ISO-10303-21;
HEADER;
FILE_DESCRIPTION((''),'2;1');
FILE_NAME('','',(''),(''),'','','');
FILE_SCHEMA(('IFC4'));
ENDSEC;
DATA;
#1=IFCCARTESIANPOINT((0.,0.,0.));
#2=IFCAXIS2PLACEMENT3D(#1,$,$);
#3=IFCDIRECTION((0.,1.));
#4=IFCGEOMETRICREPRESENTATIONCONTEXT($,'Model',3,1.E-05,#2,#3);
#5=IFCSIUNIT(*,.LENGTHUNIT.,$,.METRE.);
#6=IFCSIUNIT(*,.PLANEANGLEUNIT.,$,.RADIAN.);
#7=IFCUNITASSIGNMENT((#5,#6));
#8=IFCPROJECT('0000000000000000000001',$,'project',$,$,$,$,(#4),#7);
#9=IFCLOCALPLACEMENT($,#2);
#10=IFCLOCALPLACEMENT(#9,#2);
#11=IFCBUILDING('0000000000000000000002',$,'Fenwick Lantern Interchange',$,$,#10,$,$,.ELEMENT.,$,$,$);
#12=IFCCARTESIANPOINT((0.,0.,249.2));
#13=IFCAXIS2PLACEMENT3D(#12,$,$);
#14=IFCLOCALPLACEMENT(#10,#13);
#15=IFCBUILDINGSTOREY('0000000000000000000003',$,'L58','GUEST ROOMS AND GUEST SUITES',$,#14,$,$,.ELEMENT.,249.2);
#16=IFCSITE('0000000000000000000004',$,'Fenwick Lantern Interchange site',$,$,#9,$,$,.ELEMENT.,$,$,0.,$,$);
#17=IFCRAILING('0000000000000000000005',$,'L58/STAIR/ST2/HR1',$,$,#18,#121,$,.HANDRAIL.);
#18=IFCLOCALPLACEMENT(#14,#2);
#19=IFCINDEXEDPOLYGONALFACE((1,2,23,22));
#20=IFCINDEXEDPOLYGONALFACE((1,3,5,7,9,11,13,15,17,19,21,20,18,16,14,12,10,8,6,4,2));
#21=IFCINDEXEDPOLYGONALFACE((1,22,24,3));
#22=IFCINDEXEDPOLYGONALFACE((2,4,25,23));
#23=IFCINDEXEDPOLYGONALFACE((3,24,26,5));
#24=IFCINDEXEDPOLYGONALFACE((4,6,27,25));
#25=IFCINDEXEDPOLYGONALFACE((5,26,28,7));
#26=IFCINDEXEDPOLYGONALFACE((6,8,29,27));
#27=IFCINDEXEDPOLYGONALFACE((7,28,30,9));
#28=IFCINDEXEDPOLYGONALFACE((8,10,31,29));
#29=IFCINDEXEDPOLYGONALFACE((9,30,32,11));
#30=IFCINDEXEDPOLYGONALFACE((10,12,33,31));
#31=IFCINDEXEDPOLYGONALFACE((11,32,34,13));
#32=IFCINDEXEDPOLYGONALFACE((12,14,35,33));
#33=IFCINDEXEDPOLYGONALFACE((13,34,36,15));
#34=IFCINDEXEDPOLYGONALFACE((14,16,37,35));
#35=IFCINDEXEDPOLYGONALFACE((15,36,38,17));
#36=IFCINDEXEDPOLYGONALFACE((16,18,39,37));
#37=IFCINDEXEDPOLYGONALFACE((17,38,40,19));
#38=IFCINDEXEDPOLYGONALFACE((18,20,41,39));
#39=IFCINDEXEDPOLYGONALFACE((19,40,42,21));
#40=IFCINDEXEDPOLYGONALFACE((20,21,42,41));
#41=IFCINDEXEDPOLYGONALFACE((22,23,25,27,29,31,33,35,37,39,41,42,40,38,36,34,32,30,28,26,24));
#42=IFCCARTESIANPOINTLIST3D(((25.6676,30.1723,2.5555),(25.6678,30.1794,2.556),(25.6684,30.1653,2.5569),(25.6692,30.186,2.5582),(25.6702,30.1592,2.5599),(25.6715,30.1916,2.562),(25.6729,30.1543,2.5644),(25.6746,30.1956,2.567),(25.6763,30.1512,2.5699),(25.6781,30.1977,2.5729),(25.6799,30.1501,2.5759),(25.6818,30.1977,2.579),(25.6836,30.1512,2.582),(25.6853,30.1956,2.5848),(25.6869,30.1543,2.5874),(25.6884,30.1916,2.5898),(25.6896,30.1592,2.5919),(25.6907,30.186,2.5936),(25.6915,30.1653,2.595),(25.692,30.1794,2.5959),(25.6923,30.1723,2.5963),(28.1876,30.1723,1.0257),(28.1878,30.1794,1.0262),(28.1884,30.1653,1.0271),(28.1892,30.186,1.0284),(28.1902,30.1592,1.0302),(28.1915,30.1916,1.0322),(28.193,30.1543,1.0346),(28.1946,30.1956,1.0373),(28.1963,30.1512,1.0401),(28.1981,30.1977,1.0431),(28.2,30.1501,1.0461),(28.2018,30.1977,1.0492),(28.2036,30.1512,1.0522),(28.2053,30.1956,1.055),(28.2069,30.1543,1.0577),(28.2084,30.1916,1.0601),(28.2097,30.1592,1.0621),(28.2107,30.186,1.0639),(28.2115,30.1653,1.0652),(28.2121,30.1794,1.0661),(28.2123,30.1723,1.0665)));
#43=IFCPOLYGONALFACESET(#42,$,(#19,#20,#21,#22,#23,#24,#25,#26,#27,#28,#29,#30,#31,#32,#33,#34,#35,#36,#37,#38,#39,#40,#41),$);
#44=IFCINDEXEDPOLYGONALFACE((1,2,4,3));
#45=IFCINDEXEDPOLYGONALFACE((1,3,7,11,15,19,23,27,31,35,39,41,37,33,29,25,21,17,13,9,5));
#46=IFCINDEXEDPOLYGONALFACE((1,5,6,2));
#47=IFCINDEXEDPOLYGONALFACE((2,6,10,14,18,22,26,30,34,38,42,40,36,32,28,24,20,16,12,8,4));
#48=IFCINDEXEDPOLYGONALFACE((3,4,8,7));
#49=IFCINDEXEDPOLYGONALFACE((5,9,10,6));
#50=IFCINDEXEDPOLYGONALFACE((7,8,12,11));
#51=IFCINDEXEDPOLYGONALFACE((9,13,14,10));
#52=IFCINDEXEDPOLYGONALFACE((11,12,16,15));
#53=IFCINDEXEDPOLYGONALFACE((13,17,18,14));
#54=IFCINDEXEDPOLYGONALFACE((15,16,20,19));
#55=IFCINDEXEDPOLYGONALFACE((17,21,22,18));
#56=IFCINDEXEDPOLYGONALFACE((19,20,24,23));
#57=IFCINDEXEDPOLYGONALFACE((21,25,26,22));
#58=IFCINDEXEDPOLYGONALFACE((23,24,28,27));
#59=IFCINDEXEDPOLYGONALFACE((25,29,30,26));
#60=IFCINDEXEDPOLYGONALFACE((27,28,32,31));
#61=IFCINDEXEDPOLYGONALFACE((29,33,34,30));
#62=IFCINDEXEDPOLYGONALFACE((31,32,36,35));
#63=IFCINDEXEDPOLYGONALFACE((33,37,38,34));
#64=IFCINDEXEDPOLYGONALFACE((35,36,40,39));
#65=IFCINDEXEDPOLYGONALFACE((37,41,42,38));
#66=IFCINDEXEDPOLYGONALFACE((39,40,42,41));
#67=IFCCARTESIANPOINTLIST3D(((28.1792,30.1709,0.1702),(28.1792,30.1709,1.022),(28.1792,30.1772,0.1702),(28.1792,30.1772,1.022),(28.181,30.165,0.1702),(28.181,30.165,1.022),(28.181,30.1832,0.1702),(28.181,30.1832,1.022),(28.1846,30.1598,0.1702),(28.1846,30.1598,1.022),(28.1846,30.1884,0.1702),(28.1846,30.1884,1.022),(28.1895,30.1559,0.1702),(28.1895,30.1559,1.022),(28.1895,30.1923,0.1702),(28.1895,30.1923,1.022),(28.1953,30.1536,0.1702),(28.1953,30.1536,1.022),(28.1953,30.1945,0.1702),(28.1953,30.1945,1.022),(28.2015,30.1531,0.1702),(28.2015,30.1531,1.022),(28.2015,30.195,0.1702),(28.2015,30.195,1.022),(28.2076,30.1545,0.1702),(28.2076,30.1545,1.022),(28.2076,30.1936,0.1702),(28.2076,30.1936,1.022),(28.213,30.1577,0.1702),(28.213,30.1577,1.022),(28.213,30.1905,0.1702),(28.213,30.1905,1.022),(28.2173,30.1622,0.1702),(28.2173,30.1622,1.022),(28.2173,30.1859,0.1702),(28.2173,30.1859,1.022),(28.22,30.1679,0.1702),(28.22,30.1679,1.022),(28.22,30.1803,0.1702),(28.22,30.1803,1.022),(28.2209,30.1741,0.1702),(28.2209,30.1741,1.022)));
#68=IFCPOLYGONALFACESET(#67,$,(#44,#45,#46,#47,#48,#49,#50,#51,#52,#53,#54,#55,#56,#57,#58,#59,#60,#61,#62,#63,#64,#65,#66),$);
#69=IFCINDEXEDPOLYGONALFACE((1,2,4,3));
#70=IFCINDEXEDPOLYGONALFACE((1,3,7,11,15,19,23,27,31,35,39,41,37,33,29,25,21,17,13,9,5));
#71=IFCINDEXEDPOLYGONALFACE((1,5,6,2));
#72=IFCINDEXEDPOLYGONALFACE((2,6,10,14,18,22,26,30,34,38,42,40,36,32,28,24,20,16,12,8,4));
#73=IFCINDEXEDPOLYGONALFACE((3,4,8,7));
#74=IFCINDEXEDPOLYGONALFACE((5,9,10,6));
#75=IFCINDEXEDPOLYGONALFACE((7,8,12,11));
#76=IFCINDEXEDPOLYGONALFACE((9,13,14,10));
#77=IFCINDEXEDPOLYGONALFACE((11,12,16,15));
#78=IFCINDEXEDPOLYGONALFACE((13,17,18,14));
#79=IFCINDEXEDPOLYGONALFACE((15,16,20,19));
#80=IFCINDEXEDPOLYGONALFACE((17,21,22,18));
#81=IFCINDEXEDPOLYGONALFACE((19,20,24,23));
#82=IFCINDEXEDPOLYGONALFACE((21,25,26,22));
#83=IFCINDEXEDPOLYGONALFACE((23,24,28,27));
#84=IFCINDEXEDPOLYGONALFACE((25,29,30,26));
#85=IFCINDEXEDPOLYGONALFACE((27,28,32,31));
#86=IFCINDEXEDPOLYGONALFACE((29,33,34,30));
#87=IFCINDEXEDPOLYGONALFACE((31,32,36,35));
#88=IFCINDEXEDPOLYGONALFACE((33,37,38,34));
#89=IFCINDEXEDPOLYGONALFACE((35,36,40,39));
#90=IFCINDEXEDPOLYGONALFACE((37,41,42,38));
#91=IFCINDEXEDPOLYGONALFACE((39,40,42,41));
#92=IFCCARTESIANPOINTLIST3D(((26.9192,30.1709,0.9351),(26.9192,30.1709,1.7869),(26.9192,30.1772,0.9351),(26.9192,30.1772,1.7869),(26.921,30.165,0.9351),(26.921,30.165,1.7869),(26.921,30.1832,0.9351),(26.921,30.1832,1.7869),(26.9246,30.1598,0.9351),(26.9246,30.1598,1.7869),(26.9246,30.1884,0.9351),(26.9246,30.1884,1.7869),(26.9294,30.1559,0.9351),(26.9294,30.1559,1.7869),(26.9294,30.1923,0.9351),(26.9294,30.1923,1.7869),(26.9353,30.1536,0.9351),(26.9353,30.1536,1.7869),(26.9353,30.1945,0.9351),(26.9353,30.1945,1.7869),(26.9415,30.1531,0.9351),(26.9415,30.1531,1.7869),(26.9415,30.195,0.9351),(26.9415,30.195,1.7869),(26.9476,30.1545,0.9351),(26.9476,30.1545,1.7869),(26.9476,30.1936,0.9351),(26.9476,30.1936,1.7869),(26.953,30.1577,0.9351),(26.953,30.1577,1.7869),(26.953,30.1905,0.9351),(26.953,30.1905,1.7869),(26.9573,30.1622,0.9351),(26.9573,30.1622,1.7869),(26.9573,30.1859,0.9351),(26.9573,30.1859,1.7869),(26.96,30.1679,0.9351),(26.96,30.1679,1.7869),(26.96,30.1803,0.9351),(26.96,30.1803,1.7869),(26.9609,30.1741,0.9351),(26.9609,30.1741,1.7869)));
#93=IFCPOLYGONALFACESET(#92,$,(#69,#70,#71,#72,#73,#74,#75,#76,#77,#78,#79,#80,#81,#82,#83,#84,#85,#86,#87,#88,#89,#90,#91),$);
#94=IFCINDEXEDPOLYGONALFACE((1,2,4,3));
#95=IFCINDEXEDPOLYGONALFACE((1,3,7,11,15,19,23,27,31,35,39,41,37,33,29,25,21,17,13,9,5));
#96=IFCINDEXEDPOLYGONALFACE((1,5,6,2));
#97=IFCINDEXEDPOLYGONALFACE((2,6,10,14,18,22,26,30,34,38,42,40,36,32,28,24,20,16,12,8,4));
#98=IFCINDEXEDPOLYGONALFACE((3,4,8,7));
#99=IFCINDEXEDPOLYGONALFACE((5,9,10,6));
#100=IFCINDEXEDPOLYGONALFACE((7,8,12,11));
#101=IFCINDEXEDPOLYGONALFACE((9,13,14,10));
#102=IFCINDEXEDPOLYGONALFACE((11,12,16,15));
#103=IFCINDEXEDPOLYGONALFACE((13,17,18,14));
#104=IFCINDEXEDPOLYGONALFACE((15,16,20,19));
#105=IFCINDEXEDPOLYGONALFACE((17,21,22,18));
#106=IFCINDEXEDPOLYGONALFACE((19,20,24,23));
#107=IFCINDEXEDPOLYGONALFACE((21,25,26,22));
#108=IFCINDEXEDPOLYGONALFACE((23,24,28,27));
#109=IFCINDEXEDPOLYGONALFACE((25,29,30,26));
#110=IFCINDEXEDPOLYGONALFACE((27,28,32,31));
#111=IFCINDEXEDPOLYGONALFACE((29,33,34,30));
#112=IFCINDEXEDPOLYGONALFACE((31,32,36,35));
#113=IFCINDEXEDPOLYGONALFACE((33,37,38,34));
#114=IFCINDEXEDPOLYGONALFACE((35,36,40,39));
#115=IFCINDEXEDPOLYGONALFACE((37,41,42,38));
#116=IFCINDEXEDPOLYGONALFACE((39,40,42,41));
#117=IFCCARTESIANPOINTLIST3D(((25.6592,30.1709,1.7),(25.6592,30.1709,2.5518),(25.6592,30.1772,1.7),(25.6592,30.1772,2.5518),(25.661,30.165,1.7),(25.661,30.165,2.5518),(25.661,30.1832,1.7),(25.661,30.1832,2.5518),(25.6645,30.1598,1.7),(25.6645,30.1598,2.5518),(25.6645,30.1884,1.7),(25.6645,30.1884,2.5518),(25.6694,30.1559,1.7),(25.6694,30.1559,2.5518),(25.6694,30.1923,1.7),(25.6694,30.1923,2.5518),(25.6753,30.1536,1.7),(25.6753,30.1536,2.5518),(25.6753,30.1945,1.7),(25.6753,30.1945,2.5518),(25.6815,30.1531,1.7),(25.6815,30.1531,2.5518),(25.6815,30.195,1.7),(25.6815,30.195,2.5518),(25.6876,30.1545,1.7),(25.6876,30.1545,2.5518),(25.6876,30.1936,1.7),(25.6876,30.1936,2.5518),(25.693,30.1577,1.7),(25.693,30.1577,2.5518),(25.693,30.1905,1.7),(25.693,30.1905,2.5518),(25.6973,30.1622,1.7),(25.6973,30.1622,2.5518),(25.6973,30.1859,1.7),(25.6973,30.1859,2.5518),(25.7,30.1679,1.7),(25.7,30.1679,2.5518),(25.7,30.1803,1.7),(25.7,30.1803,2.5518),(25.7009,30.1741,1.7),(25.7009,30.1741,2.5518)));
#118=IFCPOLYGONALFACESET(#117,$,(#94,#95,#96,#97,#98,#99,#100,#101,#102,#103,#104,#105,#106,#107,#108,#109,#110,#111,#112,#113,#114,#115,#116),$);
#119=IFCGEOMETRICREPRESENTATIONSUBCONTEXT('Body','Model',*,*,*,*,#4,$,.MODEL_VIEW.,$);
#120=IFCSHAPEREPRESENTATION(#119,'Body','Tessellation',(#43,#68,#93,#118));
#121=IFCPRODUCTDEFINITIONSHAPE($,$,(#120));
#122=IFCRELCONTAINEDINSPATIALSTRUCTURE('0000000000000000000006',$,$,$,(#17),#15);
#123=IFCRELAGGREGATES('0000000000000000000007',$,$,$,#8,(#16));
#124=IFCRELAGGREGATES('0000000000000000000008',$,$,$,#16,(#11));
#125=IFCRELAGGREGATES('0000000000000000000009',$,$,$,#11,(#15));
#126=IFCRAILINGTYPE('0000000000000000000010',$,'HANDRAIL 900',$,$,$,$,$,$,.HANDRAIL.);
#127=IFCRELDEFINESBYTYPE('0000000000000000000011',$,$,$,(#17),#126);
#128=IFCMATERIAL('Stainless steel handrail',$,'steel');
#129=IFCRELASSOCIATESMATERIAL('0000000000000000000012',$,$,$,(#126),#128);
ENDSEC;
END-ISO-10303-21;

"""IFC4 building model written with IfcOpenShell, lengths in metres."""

from ifc_helpers import new_model, si_unit, direction, frame, origin, origin_2d, place, context, subcontext, project, spatial, circle, extrude, material, type_object, element, save


model = new_model("IFC4")

# Units and contexts
model_context = context("Model", 3, precision=1e-05, world=origin(), true_north=direction((0.0, 1.0)))
body_context = subcontext(model_context, "Body", "Model", "MODEL_VIEW")
ifc_project = project(units=[si_unit("LENGTHUNIT", "METRE"), si_unit("PLANEANGLEUNIT", "RADIAN")], contexts=[model_context])

# Site, building, storey
site_placement = place(None, origin())
site = spatial("IfcSite", under=ifc_project, at=site_placement, Name="Fenwick Lantern Interchange site", CompositionType="ELEMENT", RefElevation=0.0)
building_placement = place(site_placement, origin())
building = spatial("IfcBuilding", under=site, at=building_placement, Name="Fenwick Lantern Interchange", CompositionType="ELEMENT")
storey_placement = place(building_placement, frame((0.0, 0.0, 249.2)))
storey = spatial("IfcBuildingStorey", under=building, at=storey_placement, Name="L58", Description="GUEST ROOMS AND GUEST SUITES", CompositionType="ELEMENT", Elevation=249.2)

# Railing
ifc_material_1 = material(Name="Stainless steel handrail", Category="steel")
railing_type = type_object("IfcRailingType", Name="HANDRAIL 900", PredefinedType="HANDRAIL", material=ifc_material_1)
railing_1_placement = place(storey_placement, frame((28.2, 30.1741, 0.1702)))
element("IfcRailing", 1, at=railing_1_placement, inside=storey, type_object=railing_type, Name="L58/STAIR/ST2/HR1", PredefinedType="HANDRAIL", context=body_context, shape_type="SweptSolid", body=[
    extrude(circle(Radius=0.0239, at=origin_2d()), frame((0.0, 0.0, 0.876), z_axis=(-0.854822, 0.0, 0.518922), x_axis=(0.0, -1.0, 0.0)), (0.0, 0.0, 1.0), 2.948),
    extrude(circle(Radius=0.021, at=origin_2d()), origin(), (0.0, 0.0, 1.0), 0.8518),
    extrude(circle(Radius=0.021, at=origin_2d()), frame((-1.26, 0.0, 0.7649)), (0.0, 0.0, 1.0), 0.8518),
    extrude(circle(Radius=0.021, at=origin_2d()), frame((-2.52, 0.0, 1.5298)), (0.0, 0.0, 1.0), 0.8518),
])

save(model, "model.ifc")
